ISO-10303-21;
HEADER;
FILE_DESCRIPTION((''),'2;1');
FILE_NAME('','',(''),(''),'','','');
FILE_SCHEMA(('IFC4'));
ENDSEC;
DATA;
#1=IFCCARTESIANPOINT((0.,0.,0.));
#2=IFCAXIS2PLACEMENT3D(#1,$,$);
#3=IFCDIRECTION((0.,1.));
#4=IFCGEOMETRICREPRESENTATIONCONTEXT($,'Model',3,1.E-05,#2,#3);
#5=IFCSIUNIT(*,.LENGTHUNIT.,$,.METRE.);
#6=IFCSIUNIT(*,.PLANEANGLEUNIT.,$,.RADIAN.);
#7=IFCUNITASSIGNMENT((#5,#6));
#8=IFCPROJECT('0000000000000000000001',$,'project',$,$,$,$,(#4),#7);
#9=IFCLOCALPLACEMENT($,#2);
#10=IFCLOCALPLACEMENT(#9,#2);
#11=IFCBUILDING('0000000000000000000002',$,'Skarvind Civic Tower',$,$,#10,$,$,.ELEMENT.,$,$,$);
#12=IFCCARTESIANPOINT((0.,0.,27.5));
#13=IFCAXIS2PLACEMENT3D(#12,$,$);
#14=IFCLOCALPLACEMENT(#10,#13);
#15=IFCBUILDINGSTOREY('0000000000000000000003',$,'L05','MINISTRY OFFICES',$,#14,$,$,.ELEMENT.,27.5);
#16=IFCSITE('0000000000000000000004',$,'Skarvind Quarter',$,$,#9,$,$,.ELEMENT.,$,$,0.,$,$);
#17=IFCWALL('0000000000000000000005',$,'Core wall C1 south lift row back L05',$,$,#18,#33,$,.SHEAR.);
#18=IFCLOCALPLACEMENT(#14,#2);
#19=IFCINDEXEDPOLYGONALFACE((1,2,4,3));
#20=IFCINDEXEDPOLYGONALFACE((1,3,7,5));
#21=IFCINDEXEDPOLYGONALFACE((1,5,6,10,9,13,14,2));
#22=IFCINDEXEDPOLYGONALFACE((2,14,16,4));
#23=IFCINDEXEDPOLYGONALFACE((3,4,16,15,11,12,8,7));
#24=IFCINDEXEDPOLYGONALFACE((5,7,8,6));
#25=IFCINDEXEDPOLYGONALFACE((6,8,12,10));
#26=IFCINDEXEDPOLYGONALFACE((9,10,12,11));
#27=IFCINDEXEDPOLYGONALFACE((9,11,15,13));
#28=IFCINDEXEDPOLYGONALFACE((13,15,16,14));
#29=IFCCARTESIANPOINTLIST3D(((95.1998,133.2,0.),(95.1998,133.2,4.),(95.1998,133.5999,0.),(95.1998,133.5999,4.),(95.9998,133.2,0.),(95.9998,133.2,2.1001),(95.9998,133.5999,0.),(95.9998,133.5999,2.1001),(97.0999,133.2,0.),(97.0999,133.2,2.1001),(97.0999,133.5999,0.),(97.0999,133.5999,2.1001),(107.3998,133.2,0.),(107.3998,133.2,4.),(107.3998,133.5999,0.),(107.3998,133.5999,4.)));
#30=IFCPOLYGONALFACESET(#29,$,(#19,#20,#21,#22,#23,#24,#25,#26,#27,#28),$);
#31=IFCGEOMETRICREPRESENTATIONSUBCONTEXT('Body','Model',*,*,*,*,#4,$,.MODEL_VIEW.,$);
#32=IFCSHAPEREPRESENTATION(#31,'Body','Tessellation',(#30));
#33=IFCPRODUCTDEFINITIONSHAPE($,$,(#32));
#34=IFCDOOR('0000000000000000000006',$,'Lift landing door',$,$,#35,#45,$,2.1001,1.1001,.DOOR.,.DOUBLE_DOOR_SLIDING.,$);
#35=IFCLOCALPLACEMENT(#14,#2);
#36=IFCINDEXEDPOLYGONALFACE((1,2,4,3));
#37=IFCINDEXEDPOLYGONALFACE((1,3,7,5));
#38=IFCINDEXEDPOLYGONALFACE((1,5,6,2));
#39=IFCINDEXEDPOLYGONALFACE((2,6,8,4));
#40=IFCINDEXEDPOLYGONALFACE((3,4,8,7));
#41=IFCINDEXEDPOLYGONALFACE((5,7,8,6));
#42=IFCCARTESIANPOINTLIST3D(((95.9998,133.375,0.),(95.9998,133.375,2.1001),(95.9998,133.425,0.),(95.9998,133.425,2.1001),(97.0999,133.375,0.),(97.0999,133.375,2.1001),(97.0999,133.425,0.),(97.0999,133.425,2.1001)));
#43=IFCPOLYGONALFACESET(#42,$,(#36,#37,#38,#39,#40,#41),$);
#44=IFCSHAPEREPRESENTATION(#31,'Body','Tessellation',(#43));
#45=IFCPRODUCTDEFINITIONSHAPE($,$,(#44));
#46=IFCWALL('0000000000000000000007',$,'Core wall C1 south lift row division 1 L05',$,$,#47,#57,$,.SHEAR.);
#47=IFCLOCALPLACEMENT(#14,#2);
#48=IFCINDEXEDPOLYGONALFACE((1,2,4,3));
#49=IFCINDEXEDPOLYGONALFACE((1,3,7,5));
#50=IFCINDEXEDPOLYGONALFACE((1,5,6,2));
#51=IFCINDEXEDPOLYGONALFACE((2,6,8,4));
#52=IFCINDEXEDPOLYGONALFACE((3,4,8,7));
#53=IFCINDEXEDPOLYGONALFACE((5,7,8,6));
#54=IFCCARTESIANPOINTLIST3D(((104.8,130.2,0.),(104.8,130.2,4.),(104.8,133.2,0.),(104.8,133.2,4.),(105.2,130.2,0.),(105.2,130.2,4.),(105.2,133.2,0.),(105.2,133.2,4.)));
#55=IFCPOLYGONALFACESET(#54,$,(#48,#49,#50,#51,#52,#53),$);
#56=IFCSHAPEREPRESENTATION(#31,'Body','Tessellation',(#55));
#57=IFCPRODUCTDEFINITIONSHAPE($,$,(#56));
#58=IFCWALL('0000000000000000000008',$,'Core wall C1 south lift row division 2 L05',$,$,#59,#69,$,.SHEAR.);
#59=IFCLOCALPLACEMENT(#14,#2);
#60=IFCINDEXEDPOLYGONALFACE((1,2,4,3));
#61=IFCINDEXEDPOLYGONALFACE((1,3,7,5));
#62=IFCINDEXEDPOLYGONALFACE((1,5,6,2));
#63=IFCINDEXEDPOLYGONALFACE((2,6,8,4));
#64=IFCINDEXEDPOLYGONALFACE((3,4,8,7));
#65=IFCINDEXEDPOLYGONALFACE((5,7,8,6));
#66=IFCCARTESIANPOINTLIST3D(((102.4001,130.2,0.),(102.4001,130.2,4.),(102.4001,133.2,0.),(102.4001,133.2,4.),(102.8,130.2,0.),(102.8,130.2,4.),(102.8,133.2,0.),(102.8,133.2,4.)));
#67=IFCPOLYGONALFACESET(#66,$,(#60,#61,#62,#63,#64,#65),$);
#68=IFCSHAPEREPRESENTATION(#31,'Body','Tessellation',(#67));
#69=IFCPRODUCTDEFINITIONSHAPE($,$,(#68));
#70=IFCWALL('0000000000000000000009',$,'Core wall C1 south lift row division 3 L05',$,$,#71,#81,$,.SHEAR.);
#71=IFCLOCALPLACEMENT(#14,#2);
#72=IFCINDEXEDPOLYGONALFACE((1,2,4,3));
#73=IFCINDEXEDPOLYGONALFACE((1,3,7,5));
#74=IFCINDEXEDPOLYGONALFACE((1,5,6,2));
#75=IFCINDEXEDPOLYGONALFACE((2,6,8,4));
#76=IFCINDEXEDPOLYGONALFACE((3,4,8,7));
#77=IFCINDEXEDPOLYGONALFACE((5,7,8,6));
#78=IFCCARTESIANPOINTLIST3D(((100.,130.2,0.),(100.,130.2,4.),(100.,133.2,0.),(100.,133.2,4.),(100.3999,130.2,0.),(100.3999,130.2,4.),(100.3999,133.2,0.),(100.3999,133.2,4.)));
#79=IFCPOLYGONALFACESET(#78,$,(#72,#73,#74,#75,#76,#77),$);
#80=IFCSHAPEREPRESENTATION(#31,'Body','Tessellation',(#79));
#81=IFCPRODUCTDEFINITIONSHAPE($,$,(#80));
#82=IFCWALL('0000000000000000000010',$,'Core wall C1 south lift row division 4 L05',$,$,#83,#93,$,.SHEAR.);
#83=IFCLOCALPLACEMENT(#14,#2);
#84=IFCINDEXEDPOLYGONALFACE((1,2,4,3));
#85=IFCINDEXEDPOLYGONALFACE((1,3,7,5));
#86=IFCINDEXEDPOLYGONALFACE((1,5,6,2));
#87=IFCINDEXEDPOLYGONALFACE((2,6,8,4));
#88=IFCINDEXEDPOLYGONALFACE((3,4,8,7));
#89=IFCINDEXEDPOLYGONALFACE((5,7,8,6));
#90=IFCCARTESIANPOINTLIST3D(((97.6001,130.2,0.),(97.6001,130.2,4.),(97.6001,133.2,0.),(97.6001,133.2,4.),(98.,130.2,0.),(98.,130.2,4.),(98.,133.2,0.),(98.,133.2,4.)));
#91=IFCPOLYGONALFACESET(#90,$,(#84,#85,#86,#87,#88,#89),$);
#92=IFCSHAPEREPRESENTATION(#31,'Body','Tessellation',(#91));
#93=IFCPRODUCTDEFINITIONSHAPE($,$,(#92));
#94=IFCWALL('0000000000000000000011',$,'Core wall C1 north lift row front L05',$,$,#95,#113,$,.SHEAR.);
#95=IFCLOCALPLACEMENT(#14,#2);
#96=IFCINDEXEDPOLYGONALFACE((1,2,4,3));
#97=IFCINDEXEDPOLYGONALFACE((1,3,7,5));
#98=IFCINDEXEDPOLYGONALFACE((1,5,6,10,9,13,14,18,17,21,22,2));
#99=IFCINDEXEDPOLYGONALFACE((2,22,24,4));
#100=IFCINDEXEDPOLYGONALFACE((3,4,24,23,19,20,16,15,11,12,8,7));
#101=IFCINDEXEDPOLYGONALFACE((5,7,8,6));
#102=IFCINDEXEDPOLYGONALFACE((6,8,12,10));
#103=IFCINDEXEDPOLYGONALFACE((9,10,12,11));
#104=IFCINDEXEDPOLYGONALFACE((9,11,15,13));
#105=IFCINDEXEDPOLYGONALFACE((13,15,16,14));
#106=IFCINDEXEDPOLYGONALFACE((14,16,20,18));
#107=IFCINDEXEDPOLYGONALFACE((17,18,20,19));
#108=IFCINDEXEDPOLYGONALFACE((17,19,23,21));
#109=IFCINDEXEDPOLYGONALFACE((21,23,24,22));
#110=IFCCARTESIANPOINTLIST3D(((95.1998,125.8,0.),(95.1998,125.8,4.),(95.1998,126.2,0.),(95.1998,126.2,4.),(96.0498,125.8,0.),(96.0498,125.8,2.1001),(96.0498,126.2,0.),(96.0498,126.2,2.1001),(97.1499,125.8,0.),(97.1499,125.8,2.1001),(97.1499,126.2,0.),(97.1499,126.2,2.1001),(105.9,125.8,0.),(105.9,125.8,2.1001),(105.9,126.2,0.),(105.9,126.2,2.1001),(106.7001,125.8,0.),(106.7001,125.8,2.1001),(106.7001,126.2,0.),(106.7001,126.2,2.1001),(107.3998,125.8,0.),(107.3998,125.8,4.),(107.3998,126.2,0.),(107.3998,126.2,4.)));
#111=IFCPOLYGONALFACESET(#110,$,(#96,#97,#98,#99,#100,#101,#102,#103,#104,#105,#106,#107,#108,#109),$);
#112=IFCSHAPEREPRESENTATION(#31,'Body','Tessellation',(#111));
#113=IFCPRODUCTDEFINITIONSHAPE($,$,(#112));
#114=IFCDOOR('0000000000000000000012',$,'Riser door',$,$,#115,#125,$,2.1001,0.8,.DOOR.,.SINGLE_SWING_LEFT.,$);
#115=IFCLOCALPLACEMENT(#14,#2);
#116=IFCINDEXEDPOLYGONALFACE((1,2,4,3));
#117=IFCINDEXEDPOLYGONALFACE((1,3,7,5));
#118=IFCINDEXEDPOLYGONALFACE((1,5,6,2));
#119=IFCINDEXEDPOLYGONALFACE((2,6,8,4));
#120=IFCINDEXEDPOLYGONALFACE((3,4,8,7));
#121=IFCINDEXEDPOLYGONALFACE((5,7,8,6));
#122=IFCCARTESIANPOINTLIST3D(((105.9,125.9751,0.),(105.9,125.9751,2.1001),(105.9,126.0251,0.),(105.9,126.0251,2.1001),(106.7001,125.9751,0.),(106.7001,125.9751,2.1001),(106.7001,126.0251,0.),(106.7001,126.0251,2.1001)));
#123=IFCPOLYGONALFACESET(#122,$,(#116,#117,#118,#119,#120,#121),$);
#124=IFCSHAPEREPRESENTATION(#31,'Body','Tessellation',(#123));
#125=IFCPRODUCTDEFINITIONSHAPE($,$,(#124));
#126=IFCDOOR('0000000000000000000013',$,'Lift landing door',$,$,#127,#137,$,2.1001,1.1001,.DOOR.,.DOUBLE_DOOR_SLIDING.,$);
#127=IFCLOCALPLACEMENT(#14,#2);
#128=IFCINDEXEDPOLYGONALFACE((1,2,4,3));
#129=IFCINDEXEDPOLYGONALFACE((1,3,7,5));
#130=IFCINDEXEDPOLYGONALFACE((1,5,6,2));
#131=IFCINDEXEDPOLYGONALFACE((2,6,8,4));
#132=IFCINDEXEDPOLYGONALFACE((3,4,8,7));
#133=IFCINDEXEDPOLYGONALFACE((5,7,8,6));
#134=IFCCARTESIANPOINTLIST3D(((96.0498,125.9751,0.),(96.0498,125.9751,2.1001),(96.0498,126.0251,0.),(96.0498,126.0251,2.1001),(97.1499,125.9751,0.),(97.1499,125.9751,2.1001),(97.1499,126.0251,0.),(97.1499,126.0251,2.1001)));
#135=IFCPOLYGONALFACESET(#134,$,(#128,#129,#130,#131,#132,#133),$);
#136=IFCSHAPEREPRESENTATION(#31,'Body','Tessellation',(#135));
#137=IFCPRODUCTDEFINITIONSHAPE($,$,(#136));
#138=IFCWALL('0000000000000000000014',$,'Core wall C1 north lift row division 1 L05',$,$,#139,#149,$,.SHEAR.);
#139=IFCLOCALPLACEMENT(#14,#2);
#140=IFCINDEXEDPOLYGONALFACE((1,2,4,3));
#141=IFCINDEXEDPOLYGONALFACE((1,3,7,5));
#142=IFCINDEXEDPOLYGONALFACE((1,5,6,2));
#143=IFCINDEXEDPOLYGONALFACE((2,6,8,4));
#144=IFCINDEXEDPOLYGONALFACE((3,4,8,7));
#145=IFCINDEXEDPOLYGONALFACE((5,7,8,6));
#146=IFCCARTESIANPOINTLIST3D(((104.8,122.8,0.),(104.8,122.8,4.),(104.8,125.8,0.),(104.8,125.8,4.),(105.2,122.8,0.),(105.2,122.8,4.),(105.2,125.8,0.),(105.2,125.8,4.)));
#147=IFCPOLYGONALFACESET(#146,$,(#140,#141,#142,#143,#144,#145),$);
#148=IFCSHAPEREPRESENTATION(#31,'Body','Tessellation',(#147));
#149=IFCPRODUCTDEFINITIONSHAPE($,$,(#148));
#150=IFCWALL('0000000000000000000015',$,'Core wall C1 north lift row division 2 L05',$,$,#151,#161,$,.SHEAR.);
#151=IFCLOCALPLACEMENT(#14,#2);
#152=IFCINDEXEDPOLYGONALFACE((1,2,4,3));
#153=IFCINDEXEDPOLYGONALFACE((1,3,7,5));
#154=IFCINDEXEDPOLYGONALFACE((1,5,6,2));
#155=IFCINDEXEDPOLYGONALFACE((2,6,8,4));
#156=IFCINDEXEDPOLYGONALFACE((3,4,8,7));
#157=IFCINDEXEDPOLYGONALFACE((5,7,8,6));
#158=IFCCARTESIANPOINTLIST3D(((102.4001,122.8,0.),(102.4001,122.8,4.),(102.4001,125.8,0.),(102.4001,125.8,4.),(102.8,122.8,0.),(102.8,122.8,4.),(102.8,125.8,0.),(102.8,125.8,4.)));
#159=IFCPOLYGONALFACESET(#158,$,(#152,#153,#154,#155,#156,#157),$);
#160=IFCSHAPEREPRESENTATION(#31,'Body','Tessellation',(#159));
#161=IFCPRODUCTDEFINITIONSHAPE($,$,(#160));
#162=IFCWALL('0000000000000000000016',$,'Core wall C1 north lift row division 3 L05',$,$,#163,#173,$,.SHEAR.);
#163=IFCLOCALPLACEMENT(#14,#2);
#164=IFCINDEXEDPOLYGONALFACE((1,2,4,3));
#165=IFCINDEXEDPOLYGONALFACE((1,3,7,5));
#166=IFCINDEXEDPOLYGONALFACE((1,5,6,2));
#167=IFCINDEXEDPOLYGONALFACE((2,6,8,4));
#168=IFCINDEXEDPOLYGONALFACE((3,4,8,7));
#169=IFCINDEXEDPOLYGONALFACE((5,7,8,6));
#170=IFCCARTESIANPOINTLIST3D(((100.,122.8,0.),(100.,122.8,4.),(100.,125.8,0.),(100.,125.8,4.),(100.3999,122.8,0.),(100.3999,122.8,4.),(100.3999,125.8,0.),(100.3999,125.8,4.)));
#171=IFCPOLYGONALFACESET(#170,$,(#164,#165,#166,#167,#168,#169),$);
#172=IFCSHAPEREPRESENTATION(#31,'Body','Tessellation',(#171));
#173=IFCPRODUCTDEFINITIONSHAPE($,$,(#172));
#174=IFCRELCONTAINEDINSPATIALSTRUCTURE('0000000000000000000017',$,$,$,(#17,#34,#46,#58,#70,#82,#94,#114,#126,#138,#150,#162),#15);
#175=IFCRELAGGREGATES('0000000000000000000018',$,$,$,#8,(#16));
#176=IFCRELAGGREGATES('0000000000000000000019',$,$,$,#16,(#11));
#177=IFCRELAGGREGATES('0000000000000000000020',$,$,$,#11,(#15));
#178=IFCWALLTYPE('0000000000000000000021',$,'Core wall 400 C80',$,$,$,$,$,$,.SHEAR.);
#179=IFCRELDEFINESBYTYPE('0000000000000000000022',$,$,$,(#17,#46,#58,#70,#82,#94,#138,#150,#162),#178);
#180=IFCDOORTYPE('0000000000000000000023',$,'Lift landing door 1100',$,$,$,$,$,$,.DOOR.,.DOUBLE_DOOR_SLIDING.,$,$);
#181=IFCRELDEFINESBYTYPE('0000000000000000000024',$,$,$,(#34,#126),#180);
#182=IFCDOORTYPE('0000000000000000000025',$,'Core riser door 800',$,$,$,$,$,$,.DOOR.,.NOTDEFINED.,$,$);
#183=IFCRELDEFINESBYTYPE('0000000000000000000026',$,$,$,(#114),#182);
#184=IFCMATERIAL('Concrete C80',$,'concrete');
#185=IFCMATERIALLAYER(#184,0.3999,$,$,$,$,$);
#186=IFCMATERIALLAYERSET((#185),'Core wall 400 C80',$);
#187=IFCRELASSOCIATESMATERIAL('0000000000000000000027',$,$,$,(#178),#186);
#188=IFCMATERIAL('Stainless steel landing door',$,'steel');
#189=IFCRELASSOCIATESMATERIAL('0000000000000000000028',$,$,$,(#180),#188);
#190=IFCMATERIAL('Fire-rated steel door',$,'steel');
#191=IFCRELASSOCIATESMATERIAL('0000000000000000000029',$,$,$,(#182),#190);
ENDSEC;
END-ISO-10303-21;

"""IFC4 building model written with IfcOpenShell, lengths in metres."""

from ifc_helpers import new_model, si_unit, direction, frame, frame_2d, origin, place, context, subcontext, project, spatial, rectangle, extrude, material, layer, layer_set, type_object, element, fill, save


model = new_model("IFC4")

# Units and contexts
model_context = context("Model", 3, precision=1e-05, world=origin(), true_north=direction((0.0, 1.0)))
body_context = subcontext(model_context, "Body", "Model", "MODEL_VIEW")
ifc_project = project(units=[si_unit("LENGTHUNIT", "METRE"), si_unit("PLANEANGLEUNIT", "RADIAN")], contexts=[model_context])

# Site, building, storey
site_placement = place(None, origin())
site = spatial("IfcSite", under=ifc_project, at=site_placement, Name="Skarvind Quarter", CompositionType="ELEMENT", RefElevation=0.0)
building_placement = place(site_placement, origin())
building = spatial("IfcBuilding", under=site, at=building_placement, Name="Skarvind Civic Tower", CompositionType="ELEMENT")
storey_placement = place(building_placement, frame((0.0, 0.0, 27.5)))
storey = spatial("IfcBuildingStorey", under=building, at=storey_placement, Name="L05", Description="MINISTRY OFFICES", CompositionType="ELEMENT", Elevation=27.5)

# Shared definitions
ifc_material_1 = material(Name="Concrete C80", Category="concrete")
ifc_layer_1 = layer(ifc_material_1, 0.3999)
ifc_layer_set_1 = layer_set([ifc_layer_1], Name="Core wall 400 C80")
wall_type_1 = type_object("IfcWallType", Name="Core wall 400 C80", PredefinedType="SHEAR", material=ifc_layer_set_1)
ifc_material_2 = material(Name="Stainless steel landing door", Category="steel")
door_type_1 = type_object("IfcDoorType", Name="Lift landing door 1100", OperationType="DOUBLE_DOOR_SLIDING", PredefinedType="DOOR", material=ifc_material_2)

# Wall, opening, door
wall_1_placement = place(storey_placement, frame((107.3999, 133.3999, 0.0), z_axis=(0.0, 0.0, 1.0), x_axis=(-1.0, 0.0, 0.0)))
wall_1 = element("IfcWall", 1, at=wall_1_placement, inside=storey, type_object=wall_type_1, Name="Core wall C1 south lift row back L05", PredefinedType="SHEAR", context=body_context, shape_type="SweptSolid", body=[
    extrude(rectangle(XDim=12.2, YDim=0.3999, at=frame_2d((6.1001, 0.0))), origin(), (0.0, 0.0, 1.0), 4.0),
])
opening_1_placement = place(wall_1_placement, frame((10.3, 0.0, 0.0)))
opening_1 = element("IfcOpeningElement", 2, at=opening_1_placement, cuts=wall_1, PredefinedType="OPENING", context=body_context, shape_type="SweptSolid", body=[
    extrude(rectangle(XDim=1.1001, YDim=2.1001, at=frame_2d((0.55, 1.05))), frame((0.0, 0.21, 0.0), z_axis=(0.0, -1.0, 0.0), x_axis=(1.0, 0.0, 0.0)), (0.0, 0.0, 1.0), 0.4199),
])
door_1_placement = place(opening_1_placement, origin())
door_1 = element("IfcDoor", 3, at=door_1_placement, inside=storey, type_object=door_type_1, Name="Lift landing door", OperationType="DOUBLE_DOOR_SLIDING", OverallHeight=2.1001, OverallWidth=1.1001, PredefinedType="DOOR", context=body_context, shape_type="SweptSolid", body=[
    extrude(rectangle(XDim=1.1001, YDim=2.1001, at=frame_2d((0.55, 1.05))), frame((0.0, 0.0249, 0.0), z_axis=(0.0, -1.0, 0.0), x_axis=(1.0, 0.0, 0.0)), (0.0, 0.0, 1.0), 0.05),
])
fill(opening_1, door_1)

# Walls
for number, where, z_axis, x_axis, name in (
    (4, (105.0, 133.2, 0.0), (0.0, 0.0, 1.0), (0.0, -1.0, 0.0), "Core wall C1 south lift row division 1 L05"),
    (5, (102.6001, 133.2, 0.0), (0.0, 0.0, 1.0), (0.0, -1.0, 0.0), "Core wall C1 south lift row division 2 L05"),
    (6, (100.2, 133.2, 0.0), (0.0, 0.0, 1.0), (0.0, -1.0, 0.0), "Core wall C1 south lift row division 3 L05"),
    (7, (97.8, 133.2, 0.0), (0.0, 0.0, 1.0), (0.0, -1.0, 0.0), "Core wall C1 south lift row division 4 L05"),
):
    element("IfcWall", number, at=place(storey_placement, frame(where, z_axis=z_axis, x_axis=x_axis)), inside=storey, type_object=wall_type_1, Name=name, PredefinedType="SHEAR", context=body_context, shape_type="SweptSolid", body=[
        extrude(rectangle(XDim=3.0, YDim=0.3999, at=frame_2d((1.5, 0.0))), origin(), (0.0, 0.0, 1.0), 4.0),
    ])

# Wall, openings, doors
wall_2_placement = place(storey_placement, frame((107.3999, 126.0, 0.0), z_axis=(0.0, 0.0, 1.0), x_axis=(-1.0, 0.0, 0.0)))
wall_2 = element("IfcWall", 8, at=wall_2_placement, inside=storey, type_object=wall_type_1, Name="Core wall C1 north lift row front L05", PredefinedType="SHEAR", context=body_context, shape_type="SweptSolid", body=[
    extrude(rectangle(XDim=12.2, YDim=0.3999, at=frame_2d((6.1001, 0.0))), origin(), (0.0, 0.0, 1.0), 4.0),
])
opening_2_placement = place(wall_2_placement, frame((10.25, 0.0, 0.0)))
opening_2 = element("IfcOpeningElement", 9, at=opening_2_placement, cuts=wall_2, PredefinedType="OPENING", context=body_context, shape_type="SweptSolid", body=[
    extrude(rectangle(XDim=1.1001, YDim=2.1001, at=frame_2d((0.55, 1.05))), frame((0.0, 0.21, 0.0), z_axis=(0.0, -1.0, 0.0), x_axis=(1.0, 0.0, 0.0)), (0.0, 0.0, 1.0), 0.4199),
])
opening_3_placement = place(wall_2_placement, frame((0.7, 0.0, 0.0)))
opening_3 = element("IfcOpeningElement", 10, at=opening_3_placement, cuts=wall_2, PredefinedType="OPENING", context=body_context, shape_type="SweptSolid", body=[
    extrude(rectangle(XDim=0.8, YDim=2.1001, at=frame_2d((0.3999, 1.05))), frame((0.0, 0.21, 0.0), z_axis=(0.0, -1.0, 0.0), x_axis=(1.0, 0.0, 0.0)), (0.0, 0.0, 1.0), 0.4199),
])
ifc_material_3 = material(Name="Fire-rated steel door", Category="steel")
door_type_2 = type_object("IfcDoorType", Name="Core riser door 800", OperationType="NOTDEFINED", PredefinedType="DOOR", material=ifc_material_3)
door_2_placement = place(opening_3_placement, origin())
door_2 = element("IfcDoor", 11, at=door_2_placement, inside=storey, type_object=door_type_2, Name="Riser door", OperationType="SINGLE_SWING_LEFT", OverallHeight=2.1001, OverallWidth=0.8, PredefinedType="DOOR", context=body_context, shape_type="SweptSolid", body=[
    extrude(rectangle(XDim=0.8, YDim=2.1001, at=frame_2d((0.3999, 1.05))), frame((0.0, 0.0249, 0.0), z_axis=(0.0, -1.0, 0.0), x_axis=(1.0, 0.0, 0.0)), (0.0, 0.0, 1.0), 0.05),
])
fill(opening_3, door_2)
door_3_placement = place(opening_2_placement, origin())
door_3 = element("IfcDoor", 12, at=door_3_placement, inside=storey, type_object=door_type_1, Name="Lift landing door", OperationType="DOUBLE_DOOR_SLIDING", OverallHeight=2.1001, OverallWidth=1.1001, PredefinedType="DOOR", context=body_context, shape_type="SweptSolid", body=[
    extrude(rectangle(XDim=1.1001, YDim=2.1001, at=frame_2d((0.55, 1.05))), frame((0.0, 0.0249, 0.0), z_axis=(0.0, -1.0, 0.0), x_axis=(1.0, 0.0, 0.0)), (0.0, 0.0, 1.0), 0.05),
])
fill(opening_2, door_3)

# Walls
for number, where, z_axis, x_axis, name in (
    (13, (105.0, 125.8, 0.0), (0.0, 0.0, 1.0), (0.0, -1.0, 0.0), "Core wall C1 north lift row division 1 L05"),
    (14, (102.6001, 125.8, 0.0), (0.0, 0.0, 1.0), (0.0, -1.0, 0.0), "Core wall C1 north lift row division 2 L05"),
    (15, (100.2, 125.8, 0.0), (0.0, 0.0, 1.0), (0.0, -1.0, 0.0), "Core wall C1 north lift row division 3 L05"),
):
    element("IfcWall", number, at=place(storey_placement, frame(where, z_axis=z_axis, x_axis=x_axis)), inside=storey, type_object=wall_type_1, Name=name, PredefinedType="SHEAR", context=body_context, shape_type="SweptSolid", body=[
        extrude(rectangle(XDim=3.0, YDim=0.3999, at=frame_2d((1.5, 0.0))), origin(), (0.0, 0.0, 1.0), 4.0),
    ])

save(model, "model.ifc")
